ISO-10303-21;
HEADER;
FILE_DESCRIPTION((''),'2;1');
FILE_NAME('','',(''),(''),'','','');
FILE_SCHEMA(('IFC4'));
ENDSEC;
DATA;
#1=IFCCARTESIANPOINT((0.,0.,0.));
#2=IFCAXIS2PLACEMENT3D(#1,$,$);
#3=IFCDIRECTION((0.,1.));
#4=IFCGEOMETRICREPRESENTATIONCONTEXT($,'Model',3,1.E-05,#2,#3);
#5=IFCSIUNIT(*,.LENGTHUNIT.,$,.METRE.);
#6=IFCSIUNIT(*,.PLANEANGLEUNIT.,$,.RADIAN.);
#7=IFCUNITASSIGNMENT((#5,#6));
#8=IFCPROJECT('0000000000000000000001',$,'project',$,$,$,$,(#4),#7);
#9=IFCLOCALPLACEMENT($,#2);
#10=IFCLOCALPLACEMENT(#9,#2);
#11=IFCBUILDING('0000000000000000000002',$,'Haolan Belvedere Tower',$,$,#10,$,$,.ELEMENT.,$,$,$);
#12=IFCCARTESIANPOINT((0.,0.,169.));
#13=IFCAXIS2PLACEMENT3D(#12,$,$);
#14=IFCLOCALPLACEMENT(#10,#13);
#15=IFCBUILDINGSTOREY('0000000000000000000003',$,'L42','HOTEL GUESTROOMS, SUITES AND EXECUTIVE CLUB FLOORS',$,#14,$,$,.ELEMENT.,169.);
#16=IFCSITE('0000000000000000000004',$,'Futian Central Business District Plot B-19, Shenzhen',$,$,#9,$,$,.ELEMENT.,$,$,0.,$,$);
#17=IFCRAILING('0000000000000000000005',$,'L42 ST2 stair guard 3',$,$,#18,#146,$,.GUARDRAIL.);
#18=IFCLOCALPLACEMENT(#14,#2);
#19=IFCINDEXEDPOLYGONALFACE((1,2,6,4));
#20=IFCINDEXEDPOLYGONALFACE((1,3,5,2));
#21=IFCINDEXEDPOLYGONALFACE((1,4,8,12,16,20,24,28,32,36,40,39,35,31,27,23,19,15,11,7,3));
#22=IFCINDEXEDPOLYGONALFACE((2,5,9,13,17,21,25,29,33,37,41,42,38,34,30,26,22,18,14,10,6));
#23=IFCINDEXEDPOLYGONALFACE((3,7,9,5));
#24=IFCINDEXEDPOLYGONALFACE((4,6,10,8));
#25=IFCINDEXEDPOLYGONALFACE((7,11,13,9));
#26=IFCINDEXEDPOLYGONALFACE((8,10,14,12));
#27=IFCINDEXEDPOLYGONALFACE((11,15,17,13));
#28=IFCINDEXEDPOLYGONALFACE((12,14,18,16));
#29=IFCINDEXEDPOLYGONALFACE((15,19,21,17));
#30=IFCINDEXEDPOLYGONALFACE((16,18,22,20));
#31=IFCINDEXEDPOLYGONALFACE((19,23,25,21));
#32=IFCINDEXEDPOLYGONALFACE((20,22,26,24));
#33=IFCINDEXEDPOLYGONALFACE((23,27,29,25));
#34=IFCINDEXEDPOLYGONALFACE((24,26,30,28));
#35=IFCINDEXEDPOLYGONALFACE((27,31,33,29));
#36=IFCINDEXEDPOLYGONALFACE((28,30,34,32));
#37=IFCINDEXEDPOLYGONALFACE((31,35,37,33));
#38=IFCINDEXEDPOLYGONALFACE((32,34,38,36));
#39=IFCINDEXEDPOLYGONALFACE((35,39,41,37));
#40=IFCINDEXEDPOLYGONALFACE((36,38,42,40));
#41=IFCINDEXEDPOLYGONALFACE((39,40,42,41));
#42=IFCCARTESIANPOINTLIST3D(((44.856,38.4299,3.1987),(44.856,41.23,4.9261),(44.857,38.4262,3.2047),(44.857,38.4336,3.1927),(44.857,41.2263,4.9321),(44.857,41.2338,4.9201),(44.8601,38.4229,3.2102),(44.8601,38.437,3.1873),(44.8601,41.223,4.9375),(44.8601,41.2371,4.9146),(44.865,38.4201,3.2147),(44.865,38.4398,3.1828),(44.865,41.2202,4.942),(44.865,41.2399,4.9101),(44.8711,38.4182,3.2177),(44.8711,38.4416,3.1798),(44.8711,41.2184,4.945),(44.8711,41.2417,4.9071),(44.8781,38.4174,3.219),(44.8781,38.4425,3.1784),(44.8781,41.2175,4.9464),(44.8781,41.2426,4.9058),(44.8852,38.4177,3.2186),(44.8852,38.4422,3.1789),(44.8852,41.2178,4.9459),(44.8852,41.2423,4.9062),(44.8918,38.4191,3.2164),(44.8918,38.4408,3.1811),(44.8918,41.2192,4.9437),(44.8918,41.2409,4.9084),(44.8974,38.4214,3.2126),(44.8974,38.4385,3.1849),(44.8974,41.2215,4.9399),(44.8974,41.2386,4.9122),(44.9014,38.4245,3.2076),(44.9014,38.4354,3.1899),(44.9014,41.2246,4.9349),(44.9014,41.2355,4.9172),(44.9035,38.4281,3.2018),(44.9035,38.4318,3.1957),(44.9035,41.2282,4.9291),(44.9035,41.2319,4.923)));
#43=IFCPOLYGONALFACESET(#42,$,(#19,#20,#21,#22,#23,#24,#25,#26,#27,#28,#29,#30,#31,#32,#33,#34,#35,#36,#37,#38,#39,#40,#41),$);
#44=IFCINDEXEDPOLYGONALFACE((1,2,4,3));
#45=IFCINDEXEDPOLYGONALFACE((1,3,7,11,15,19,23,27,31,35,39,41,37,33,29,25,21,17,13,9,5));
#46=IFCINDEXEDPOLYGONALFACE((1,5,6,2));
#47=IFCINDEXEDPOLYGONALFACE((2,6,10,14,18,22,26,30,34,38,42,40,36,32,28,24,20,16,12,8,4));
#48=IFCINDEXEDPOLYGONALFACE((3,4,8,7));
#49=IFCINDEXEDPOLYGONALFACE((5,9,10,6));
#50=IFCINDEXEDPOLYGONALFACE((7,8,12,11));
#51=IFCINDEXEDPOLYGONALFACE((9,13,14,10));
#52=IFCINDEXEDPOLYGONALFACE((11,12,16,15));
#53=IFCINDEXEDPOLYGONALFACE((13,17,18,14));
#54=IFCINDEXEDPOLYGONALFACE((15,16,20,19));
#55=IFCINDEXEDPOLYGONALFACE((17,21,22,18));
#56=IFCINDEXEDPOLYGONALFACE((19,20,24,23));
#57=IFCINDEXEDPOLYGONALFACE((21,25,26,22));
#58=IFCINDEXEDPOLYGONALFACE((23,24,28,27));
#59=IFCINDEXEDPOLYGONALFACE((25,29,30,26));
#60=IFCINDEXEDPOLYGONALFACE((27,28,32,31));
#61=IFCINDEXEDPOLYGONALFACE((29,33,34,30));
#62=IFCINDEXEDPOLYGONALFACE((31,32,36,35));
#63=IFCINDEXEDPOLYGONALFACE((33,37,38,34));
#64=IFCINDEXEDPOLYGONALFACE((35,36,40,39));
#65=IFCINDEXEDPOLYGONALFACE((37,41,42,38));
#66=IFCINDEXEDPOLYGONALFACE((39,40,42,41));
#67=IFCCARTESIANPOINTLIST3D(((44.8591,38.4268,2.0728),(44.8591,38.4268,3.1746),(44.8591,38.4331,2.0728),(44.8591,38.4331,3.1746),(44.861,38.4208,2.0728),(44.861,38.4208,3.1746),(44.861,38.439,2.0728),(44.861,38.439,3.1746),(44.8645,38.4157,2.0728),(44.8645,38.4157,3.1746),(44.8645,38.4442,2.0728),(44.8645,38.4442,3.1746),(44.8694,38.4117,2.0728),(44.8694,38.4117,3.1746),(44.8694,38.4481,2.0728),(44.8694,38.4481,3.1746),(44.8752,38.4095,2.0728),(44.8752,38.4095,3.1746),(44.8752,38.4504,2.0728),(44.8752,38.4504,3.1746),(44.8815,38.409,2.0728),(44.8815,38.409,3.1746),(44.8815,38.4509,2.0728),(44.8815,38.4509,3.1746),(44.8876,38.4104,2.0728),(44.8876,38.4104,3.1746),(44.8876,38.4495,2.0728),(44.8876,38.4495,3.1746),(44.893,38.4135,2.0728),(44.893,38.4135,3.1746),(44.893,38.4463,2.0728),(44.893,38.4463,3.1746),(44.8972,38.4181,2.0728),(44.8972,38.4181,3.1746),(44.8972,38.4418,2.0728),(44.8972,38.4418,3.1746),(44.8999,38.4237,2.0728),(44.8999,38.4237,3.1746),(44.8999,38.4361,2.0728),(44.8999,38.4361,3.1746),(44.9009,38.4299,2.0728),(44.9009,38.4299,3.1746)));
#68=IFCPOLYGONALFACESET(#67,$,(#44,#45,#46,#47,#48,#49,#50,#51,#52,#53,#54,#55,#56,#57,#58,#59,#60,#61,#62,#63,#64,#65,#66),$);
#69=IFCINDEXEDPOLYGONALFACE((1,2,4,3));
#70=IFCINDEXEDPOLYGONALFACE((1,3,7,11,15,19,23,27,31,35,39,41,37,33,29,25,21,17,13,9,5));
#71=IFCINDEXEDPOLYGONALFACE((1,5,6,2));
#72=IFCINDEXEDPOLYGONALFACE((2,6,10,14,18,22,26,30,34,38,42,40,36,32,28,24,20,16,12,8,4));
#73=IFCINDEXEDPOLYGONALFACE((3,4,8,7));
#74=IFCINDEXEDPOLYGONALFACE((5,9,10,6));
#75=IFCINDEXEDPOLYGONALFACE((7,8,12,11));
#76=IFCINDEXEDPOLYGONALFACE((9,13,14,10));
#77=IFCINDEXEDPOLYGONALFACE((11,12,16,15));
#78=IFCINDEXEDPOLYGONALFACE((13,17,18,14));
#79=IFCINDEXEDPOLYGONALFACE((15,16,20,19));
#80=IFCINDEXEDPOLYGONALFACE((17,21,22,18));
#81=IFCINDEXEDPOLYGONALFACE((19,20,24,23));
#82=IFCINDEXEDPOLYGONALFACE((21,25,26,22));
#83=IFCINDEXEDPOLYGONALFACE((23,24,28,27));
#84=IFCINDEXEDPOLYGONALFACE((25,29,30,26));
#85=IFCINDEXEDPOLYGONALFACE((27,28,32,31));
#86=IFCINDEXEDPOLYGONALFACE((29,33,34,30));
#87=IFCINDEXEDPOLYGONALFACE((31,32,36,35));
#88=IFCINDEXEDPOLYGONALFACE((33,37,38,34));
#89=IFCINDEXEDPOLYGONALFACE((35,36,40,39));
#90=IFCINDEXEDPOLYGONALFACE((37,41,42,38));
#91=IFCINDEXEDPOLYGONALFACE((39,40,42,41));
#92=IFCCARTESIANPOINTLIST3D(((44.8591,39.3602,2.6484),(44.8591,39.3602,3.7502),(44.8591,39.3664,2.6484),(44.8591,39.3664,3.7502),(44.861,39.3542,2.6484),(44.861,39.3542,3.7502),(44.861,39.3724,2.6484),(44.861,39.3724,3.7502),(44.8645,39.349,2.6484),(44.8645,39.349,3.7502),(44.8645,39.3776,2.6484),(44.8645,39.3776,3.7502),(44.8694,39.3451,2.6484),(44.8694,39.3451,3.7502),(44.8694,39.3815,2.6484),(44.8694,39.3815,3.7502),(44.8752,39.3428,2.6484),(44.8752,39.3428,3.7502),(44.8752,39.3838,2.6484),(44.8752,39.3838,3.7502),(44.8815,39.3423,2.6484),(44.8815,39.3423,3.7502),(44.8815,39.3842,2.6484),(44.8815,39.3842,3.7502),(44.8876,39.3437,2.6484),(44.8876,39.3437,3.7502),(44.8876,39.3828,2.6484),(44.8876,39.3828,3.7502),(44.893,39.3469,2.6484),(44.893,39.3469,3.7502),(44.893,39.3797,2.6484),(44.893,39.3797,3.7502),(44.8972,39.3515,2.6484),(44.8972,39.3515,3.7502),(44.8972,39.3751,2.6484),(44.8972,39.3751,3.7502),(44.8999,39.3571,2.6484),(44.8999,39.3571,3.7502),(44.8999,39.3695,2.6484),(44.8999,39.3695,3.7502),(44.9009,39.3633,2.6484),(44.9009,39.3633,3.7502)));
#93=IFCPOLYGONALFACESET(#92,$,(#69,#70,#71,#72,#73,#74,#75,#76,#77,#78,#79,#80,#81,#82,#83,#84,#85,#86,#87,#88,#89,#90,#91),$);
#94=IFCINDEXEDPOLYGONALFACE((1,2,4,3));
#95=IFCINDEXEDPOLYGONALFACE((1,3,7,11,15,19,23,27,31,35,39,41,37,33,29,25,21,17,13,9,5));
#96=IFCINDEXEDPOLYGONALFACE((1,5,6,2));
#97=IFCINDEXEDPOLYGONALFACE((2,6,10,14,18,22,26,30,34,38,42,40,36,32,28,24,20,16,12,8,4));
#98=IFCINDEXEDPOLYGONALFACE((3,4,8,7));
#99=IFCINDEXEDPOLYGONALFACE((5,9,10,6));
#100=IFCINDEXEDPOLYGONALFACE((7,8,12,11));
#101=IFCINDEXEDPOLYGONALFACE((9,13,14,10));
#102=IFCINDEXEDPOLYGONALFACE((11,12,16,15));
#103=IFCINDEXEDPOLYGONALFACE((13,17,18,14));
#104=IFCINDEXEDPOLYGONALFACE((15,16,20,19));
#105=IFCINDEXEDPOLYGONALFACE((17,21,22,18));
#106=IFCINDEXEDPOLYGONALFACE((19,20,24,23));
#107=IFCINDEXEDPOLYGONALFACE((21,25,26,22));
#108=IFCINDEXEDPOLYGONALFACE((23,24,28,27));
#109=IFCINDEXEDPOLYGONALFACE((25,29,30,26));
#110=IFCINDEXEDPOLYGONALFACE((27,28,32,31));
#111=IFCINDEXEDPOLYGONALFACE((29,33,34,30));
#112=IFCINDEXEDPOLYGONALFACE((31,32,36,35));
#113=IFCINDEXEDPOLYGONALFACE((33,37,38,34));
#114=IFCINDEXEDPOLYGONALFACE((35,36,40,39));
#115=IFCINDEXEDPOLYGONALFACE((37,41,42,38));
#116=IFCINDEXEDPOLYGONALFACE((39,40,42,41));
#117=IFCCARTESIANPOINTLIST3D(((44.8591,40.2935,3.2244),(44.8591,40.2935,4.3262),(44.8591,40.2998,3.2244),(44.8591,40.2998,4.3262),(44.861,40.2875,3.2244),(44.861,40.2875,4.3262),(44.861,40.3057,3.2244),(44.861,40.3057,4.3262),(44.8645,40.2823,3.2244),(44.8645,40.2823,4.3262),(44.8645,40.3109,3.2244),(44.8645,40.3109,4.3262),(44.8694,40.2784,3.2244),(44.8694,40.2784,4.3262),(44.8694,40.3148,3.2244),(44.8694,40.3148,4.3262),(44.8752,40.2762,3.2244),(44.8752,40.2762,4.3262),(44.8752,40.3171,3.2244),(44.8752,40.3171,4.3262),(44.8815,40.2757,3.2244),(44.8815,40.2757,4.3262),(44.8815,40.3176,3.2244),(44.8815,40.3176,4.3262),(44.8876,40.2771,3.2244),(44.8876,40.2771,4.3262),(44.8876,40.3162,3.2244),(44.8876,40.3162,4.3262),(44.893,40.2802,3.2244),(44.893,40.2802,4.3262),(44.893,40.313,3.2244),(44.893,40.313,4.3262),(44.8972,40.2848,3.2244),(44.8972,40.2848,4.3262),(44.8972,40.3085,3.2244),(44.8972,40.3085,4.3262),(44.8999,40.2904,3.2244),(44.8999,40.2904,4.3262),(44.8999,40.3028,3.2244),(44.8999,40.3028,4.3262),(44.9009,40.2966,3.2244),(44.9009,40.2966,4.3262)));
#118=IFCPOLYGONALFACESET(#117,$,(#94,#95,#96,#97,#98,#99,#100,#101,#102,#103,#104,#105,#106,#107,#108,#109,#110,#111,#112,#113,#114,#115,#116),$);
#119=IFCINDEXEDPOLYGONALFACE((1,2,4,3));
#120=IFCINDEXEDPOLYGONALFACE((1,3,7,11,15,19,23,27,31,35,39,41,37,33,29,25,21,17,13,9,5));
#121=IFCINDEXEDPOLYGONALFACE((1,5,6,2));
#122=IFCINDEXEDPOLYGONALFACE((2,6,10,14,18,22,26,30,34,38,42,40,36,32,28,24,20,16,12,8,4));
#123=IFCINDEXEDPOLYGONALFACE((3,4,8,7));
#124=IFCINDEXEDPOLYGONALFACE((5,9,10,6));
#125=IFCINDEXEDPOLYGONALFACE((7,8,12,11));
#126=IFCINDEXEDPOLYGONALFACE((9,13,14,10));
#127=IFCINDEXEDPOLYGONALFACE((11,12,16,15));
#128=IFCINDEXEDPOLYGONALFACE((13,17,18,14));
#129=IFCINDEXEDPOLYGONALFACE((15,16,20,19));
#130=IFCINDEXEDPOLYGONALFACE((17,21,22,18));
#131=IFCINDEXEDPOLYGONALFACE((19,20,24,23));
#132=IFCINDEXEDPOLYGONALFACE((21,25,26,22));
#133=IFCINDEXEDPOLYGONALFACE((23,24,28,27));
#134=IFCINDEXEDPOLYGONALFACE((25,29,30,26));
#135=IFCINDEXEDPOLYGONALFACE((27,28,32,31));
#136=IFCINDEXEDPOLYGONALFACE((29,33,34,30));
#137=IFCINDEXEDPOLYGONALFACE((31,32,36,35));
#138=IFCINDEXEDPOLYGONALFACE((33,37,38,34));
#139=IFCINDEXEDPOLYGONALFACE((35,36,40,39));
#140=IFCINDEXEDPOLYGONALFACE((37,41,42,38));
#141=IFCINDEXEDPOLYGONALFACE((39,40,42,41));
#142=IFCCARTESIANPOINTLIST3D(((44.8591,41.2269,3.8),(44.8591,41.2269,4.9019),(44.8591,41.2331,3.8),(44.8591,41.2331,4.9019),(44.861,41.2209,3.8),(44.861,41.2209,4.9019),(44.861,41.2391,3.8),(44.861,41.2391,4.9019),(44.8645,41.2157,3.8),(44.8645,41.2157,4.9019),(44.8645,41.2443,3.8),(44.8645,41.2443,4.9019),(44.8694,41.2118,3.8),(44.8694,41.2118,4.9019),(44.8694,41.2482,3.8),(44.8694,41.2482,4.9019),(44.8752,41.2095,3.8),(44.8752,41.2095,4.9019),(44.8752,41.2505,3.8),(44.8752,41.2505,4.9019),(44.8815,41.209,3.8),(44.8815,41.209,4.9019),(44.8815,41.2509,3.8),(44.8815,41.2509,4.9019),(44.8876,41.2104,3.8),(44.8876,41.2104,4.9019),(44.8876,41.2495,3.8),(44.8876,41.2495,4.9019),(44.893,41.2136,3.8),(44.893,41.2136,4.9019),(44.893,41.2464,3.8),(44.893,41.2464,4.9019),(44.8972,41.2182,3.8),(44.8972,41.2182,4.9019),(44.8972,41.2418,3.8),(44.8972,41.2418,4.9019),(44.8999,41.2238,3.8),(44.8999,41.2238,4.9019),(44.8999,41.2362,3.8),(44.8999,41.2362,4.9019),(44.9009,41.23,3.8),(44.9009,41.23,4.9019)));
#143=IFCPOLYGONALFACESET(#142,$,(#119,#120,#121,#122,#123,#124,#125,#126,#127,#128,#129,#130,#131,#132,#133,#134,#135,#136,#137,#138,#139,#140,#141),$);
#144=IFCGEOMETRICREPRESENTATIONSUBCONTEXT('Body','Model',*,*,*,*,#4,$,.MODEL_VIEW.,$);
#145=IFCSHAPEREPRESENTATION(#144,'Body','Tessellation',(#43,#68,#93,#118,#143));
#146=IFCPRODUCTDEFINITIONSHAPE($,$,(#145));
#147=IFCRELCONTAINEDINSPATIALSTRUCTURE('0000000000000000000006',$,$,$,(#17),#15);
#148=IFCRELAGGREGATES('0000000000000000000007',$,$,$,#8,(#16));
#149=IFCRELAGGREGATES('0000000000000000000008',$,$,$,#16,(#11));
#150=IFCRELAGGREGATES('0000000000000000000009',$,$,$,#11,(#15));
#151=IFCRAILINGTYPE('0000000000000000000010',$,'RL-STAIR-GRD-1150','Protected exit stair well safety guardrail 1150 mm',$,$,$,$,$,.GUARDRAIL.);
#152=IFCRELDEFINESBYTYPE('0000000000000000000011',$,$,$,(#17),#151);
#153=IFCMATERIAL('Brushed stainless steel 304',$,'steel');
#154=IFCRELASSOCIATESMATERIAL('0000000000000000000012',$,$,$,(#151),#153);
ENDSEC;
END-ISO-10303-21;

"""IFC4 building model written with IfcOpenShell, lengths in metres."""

from ifc_helpers import new_model, si_unit, direction, frame, origin, origin_2d, place, context, subcontext, project, spatial, circle, extrude, material, type_object, element, save


model = new_model("IFC4")

# Units and contexts
model_context = context("Model", 3, precision=1e-05, world=origin(), true_north=direction((0.0, 1.0)))
body_context = subcontext(model_context, "Body", "Model", "MODEL_VIEW")
ifc_project = project(units=[si_unit("LENGTHUNIT", "METRE"), si_unit("PLANEANGLEUNIT", "RADIAN")], contexts=[model_context])

# Site, building, storey
site_placement = place(None, origin())
site = spatial("IfcSite", under=ifc_project, at=site_placement, Name="Futian Central Business District Plot B-19, Shenzhen", CompositionType="ELEMENT", RefElevation=0.0)
building_placement = place(site_placement, origin())
building = spatial("IfcBuilding", under=site, at=building_placement, Name="Haolan Belvedere Tower", CompositionType="ELEMENT")
storey_placement = place(building_placement, frame((0.0, 0.0, 169.0)))
storey = spatial("IfcBuildingStorey", under=building, at=storey_placement, Name="L42", Description="HOTEL GUESTROOMS, SUITES AND EXECUTIVE CLUB FLOORS", CompositionType="ELEMENT", Elevation=169.0)

# Railing
ifc_material_1 = material(Name="Brushed stainless steel 304", Category="steel")
railing_type_1 = type_object("IfcRailingType", Name="RL-STAIR-GRD-1150", Description="Protected exit stair well safety guardrail 1150 mm", PredefinedType="GUARDRAIL", material=ifc_material_1)
railing_1_placement = place(storey_placement, frame((44.8799, 38.4299, 2.0728)))
element("IfcRailing", 1, at=railing_1_placement, inside=storey, type_object=railing_type_1, Name="L42 ST2 stair guard 3", PredefinedType="GUARDRAIL", context=body_context, shape_type="SweptSolid", body=[
    extrude(circle(Radius=0.0239, at=origin_2d()), frame((0.0, 0.0, 1.126), z_axis=(0.0, 0.85109, 0.52502), x_axis=(-1.0, 0.0, 0.0)), (0.0, 0.0, 1.0), 3.29),
    extrude(circle(Radius=0.021, at=origin_2d()), origin(), (0.0, 0.0, 1.0), 1.1018),
    extrude(circle(Radius=0.021, at=origin_2d()), frame((0.0, 0.9333, 0.5757)), (0.0, 0.0, 1.0), 1.1018),
    extrude(circle(Radius=0.021, at=origin_2d()), frame((0.0, 1.8667, 1.1516)), (0.0, 0.0, 1.0), 1.1018),
    extrude(circle(Radius=0.021, at=origin_2d()), frame((0.0, 2.8, 1.7273)), (0.0, 0.0, 1.0), 1.1018),
])

save(model, "model.ifc")
